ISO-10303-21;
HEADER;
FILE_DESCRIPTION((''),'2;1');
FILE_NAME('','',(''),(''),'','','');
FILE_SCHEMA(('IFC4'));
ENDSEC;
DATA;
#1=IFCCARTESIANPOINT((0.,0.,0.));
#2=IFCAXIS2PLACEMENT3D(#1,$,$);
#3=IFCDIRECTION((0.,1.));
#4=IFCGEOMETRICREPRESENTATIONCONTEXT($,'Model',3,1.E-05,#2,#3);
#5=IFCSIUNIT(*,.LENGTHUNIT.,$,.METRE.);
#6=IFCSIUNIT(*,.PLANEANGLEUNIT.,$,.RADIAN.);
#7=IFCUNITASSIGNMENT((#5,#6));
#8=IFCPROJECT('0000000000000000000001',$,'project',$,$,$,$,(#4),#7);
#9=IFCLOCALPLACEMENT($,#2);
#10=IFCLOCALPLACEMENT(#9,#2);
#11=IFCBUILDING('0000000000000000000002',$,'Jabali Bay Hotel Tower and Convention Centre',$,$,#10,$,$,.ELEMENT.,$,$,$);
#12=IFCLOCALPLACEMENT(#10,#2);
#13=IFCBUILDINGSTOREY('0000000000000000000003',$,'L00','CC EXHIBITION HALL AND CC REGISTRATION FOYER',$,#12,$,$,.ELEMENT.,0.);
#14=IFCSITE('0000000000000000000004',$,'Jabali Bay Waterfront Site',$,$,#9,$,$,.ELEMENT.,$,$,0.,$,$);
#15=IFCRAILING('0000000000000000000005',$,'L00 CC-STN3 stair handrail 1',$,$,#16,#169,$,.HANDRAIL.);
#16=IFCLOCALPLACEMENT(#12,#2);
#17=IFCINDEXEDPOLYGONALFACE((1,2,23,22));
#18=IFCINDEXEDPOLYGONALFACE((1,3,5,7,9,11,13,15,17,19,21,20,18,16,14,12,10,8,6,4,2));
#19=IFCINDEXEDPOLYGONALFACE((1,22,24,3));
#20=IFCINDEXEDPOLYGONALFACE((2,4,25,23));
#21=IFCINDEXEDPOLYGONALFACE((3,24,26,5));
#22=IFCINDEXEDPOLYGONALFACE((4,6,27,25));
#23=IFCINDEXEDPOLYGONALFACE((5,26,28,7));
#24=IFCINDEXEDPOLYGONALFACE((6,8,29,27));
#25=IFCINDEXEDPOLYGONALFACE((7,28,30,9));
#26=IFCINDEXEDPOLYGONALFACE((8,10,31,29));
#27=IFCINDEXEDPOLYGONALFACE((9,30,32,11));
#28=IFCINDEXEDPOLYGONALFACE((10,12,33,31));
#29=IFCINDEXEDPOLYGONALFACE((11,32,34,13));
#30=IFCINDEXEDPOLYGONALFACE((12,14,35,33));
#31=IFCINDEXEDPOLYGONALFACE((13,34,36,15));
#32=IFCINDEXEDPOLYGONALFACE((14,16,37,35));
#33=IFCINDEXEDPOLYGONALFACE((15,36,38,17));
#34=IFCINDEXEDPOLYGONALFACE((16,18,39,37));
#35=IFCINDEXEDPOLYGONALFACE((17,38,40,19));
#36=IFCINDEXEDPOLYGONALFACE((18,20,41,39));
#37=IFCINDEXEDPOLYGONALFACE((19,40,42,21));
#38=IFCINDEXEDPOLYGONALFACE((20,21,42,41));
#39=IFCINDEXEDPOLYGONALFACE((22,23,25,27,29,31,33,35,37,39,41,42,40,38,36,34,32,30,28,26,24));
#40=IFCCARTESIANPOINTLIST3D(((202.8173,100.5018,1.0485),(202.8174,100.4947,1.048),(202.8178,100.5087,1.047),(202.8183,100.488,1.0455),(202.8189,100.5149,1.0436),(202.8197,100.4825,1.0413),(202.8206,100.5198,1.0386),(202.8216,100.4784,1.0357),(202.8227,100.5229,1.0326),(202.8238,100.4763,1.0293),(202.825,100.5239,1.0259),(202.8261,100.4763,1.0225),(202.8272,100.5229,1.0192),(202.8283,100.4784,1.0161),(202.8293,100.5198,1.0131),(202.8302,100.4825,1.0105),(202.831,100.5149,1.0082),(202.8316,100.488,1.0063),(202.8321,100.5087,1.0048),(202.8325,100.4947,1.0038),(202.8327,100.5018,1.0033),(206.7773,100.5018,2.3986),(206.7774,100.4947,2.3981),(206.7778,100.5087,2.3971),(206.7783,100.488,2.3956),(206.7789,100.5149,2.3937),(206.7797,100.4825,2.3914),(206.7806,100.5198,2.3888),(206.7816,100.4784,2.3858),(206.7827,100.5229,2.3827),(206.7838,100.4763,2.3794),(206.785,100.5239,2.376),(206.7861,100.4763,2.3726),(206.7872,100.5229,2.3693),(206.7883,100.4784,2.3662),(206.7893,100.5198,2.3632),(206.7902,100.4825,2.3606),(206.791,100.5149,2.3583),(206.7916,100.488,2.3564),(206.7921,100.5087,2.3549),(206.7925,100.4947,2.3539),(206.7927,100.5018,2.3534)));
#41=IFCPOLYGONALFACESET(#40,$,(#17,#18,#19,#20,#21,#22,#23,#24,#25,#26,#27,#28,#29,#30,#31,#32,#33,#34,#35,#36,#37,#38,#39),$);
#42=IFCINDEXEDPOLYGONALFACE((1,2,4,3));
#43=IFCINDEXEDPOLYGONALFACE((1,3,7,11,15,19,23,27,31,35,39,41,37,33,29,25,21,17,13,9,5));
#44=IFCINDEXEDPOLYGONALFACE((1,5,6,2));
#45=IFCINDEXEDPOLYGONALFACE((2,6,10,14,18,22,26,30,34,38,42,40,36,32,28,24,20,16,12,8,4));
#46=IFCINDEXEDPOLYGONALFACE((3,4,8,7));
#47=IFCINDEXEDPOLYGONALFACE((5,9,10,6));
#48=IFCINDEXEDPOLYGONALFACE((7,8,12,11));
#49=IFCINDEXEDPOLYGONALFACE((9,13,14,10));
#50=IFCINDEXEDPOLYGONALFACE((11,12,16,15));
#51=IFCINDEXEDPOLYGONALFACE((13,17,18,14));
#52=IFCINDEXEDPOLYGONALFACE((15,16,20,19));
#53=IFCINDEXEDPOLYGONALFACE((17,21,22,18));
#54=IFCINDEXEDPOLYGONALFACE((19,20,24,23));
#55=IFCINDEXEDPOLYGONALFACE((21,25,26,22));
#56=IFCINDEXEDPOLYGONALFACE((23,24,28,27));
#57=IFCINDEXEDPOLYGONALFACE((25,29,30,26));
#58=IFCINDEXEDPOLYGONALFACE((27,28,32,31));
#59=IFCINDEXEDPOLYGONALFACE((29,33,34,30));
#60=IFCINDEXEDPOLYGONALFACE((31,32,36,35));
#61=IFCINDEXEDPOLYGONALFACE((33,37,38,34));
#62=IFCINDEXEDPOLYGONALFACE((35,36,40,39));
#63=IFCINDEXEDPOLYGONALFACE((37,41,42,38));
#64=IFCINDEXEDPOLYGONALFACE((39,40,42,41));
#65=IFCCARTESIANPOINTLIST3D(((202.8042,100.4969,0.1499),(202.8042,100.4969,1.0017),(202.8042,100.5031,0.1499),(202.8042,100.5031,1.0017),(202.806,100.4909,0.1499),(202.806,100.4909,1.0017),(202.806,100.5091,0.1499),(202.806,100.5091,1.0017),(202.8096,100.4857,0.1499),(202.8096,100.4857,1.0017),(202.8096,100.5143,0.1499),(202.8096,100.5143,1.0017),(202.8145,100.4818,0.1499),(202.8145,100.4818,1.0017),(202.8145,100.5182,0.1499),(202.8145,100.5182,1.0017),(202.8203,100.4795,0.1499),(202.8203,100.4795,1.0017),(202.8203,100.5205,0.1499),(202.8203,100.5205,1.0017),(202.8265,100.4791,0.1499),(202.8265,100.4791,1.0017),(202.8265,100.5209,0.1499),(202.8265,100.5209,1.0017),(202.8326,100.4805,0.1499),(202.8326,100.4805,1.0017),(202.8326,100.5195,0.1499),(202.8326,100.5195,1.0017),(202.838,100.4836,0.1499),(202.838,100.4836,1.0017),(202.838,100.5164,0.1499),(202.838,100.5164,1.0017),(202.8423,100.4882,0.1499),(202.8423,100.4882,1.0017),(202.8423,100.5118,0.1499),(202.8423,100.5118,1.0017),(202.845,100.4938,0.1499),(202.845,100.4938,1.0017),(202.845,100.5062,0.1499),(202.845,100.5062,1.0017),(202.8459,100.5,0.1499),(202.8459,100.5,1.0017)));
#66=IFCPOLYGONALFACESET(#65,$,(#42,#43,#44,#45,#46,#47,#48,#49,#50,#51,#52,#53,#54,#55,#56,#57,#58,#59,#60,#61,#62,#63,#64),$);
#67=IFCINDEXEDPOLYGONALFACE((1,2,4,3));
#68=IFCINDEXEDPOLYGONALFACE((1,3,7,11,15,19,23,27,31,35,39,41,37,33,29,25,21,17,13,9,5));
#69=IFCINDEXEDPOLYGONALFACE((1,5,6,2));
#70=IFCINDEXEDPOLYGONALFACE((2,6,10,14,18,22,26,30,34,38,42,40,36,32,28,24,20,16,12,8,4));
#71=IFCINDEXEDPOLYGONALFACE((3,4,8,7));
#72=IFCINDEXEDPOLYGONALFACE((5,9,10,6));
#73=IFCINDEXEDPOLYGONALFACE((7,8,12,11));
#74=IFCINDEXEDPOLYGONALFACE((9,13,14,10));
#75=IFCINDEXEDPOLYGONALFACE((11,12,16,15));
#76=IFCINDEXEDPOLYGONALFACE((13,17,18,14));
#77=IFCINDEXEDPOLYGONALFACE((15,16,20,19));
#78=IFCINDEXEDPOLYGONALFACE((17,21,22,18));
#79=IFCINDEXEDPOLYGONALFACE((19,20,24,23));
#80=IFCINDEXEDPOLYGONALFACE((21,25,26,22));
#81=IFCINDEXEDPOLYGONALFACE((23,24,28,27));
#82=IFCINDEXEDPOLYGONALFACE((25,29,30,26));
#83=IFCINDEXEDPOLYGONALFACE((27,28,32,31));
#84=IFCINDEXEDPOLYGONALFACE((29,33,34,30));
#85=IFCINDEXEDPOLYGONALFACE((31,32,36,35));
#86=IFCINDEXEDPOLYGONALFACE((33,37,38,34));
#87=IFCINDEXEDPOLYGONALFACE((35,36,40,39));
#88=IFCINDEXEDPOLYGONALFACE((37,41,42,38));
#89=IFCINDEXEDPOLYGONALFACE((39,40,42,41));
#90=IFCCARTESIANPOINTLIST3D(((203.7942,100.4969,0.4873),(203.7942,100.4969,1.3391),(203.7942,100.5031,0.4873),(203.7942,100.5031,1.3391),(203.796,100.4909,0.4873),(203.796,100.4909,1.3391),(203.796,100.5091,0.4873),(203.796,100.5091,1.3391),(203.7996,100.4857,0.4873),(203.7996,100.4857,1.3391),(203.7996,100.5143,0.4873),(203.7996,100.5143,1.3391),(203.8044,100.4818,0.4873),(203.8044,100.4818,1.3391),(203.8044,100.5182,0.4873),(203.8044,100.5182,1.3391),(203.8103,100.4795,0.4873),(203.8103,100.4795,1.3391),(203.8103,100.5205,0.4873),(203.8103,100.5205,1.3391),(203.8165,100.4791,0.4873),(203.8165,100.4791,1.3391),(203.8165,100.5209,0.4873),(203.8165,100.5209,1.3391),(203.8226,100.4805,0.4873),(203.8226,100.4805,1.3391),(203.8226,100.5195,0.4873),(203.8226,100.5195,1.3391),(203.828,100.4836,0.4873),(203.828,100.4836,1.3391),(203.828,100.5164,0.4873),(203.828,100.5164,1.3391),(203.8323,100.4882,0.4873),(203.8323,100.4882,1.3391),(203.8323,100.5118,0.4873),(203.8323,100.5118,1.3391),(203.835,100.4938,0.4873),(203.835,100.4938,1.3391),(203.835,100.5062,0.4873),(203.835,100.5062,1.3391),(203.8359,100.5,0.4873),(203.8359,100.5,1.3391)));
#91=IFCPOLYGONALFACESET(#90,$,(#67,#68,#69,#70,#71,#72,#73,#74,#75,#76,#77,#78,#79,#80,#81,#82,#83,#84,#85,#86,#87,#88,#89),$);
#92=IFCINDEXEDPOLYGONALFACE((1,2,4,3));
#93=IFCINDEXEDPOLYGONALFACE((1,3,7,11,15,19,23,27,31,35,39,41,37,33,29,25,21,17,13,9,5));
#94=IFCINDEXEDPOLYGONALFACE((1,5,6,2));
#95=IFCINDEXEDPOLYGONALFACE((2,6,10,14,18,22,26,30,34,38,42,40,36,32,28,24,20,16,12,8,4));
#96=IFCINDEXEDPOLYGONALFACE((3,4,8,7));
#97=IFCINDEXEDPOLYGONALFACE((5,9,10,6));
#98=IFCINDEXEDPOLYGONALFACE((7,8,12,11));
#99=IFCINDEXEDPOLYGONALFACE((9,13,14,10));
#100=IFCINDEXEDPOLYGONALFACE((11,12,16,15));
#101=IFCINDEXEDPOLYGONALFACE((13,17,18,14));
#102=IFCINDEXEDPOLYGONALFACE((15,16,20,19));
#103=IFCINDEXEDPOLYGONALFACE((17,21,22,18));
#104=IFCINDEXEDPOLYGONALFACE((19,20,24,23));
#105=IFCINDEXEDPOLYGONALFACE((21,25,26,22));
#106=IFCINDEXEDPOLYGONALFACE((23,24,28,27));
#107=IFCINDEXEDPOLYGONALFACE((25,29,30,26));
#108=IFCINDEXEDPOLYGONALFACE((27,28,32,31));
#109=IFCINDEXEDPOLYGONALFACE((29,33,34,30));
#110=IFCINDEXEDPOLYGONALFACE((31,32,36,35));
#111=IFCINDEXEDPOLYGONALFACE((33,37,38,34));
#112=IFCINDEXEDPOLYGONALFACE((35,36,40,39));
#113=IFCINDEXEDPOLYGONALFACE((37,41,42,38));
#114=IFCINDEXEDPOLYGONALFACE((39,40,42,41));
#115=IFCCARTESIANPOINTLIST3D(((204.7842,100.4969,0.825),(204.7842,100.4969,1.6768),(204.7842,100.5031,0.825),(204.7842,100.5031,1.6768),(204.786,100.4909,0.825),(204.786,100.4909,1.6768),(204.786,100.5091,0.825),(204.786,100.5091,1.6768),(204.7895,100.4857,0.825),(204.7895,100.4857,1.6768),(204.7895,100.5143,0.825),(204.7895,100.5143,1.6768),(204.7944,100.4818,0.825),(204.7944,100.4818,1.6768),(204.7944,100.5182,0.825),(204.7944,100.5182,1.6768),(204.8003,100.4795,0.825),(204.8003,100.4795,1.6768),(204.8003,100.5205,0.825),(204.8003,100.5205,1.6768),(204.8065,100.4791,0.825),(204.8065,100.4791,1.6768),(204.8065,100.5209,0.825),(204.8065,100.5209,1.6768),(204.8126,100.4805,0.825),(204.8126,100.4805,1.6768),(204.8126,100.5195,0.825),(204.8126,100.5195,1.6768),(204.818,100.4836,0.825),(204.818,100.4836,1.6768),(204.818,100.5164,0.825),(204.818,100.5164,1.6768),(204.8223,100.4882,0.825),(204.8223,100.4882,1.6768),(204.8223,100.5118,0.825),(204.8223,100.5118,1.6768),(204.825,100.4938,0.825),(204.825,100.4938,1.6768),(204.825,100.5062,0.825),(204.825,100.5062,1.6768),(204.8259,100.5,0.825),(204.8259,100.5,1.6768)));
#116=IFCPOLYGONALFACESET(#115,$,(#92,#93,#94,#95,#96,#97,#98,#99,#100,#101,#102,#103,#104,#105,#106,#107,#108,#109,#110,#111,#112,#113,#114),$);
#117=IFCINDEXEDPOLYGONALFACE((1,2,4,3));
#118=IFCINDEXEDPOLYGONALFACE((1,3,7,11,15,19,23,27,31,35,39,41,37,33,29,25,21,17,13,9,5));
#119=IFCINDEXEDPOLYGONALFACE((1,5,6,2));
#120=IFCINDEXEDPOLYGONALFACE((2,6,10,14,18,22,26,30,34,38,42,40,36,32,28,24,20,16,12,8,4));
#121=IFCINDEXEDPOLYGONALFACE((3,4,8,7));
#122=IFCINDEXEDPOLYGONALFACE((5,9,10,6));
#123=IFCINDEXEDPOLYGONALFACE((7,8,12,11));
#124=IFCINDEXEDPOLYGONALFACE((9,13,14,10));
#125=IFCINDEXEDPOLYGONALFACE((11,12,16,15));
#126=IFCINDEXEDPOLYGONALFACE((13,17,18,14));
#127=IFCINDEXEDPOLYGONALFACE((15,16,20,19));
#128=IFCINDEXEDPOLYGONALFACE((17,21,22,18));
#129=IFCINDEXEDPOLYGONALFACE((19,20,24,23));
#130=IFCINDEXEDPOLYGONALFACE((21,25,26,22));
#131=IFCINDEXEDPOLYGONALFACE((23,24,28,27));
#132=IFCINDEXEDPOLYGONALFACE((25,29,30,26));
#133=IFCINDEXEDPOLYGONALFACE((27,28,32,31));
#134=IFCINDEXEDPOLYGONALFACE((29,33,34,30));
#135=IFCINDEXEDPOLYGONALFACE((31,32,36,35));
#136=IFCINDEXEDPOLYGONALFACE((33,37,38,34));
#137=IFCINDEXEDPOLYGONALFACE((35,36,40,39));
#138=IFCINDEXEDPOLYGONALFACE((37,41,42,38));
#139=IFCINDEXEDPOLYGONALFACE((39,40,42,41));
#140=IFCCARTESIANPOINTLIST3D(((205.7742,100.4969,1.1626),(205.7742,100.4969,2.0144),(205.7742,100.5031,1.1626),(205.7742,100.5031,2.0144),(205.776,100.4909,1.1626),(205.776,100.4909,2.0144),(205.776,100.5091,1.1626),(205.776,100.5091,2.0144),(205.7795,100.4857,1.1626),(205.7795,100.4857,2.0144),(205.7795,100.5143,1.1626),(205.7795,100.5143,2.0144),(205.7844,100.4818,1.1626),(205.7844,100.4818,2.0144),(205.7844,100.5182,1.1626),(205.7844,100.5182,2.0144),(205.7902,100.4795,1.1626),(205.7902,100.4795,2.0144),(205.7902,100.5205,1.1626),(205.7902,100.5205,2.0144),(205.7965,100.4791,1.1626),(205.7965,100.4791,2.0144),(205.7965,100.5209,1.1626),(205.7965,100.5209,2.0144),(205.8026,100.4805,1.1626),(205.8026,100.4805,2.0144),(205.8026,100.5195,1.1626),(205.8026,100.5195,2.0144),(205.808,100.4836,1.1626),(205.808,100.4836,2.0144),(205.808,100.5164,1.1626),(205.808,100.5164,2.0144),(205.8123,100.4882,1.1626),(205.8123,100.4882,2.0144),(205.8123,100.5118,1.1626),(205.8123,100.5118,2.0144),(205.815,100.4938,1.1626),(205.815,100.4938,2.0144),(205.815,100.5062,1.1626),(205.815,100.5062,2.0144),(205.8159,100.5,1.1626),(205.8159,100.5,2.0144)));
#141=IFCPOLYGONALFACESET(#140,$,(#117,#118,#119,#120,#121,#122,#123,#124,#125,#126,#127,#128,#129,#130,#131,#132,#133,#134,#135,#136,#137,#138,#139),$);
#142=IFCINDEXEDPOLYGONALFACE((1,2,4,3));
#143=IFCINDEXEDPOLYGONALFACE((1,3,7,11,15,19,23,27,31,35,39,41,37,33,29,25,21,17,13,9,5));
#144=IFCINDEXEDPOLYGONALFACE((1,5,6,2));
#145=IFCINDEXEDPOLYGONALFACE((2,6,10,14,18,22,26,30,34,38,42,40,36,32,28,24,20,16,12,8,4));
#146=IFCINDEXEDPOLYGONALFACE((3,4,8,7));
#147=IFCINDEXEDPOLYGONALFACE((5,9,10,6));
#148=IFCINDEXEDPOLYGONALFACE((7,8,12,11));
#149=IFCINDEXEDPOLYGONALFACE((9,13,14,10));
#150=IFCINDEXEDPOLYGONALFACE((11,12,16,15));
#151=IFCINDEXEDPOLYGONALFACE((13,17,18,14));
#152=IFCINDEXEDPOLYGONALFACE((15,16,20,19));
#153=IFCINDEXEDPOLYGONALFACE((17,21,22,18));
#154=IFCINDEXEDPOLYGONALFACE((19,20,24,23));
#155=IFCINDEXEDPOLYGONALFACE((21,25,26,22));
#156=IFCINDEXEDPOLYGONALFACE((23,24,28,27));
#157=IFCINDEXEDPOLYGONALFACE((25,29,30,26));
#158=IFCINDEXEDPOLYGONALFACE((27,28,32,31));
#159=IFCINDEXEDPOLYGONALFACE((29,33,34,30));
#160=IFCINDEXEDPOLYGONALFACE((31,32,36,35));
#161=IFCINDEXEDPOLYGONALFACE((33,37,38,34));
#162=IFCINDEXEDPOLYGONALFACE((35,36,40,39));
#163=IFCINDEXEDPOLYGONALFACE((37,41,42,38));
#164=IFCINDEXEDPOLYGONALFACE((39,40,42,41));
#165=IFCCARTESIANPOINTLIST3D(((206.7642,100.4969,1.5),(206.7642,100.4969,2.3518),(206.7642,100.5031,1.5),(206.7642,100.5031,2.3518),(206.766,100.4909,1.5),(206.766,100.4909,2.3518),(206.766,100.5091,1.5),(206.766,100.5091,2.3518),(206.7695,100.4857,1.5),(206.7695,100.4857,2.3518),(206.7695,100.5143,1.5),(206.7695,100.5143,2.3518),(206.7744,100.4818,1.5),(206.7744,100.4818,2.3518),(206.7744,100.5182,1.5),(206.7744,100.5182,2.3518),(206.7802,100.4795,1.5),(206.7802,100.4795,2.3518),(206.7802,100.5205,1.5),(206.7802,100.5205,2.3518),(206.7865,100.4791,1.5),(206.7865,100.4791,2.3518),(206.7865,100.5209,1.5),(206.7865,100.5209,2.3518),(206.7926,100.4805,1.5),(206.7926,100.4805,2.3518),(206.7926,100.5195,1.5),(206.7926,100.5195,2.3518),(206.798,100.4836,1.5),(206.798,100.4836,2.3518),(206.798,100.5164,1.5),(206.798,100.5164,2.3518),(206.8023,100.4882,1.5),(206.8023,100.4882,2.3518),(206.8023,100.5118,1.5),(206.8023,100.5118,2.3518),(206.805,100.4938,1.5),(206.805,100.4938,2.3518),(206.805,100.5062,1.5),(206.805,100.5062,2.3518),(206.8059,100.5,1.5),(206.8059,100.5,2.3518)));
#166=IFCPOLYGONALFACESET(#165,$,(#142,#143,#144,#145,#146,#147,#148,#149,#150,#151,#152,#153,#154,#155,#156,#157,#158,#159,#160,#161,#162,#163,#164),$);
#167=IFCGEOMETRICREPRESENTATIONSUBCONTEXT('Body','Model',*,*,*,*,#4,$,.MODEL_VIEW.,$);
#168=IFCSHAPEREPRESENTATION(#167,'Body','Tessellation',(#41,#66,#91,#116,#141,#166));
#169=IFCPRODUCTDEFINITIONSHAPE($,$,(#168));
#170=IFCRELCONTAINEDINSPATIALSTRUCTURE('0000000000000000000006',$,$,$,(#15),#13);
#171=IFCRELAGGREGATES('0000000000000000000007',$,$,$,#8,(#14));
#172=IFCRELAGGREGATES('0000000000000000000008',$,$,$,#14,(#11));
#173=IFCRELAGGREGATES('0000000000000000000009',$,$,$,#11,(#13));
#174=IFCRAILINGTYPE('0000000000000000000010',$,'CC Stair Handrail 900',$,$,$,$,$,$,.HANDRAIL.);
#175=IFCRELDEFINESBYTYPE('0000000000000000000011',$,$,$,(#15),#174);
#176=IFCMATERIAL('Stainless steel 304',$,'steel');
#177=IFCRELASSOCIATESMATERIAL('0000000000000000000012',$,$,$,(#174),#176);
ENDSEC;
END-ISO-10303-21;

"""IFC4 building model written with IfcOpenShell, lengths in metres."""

from ifc_helpers import new_model, si_unit, direction, frame, origin, origin_2d, place, context, subcontext, project, spatial, circle, extrude, material, type_object, element, save


model = new_model("IFC4")

# Units and contexts
model_context = context("Model", 3, precision=1e-05, world=origin(), true_north=direction((0.0, 1.0)))
body_context = subcontext(model_context, "Body", "Model", "MODEL_VIEW")
ifc_project = project(units=[si_unit("LENGTHUNIT", "METRE"), si_unit("PLANEANGLEUNIT", "RADIAN")], contexts=[model_context])

# Site, building, storey
site_placement = place(None, origin())
site = spatial("IfcSite", under=ifc_project, at=site_placement, Name="Jabali Bay Waterfront Site", CompositionType="ELEMENT", RefElevation=0.0)
building_placement = place(site_placement, origin())
building = spatial("IfcBuilding", under=site, at=building_placement, Name="Jabali Bay Hotel Tower and Convention Centre", CompositionType="ELEMENT")
storey_placement = place(building_placement, origin())
storey = spatial("IfcBuildingStorey", under=building, at=storey_placement, Name="L00", Description="CC EXHIBITION HALL AND CC REGISTRATION FOYER", CompositionType="ELEMENT", Elevation=0.0)

# Railing
ifc_material_1 = material(Name="Stainless steel 304", Category="steel")
railing_type_1 = type_object("IfcRailingType", Name="CC Stair Handrail 900", PredefinedType="HANDRAIL", material=ifc_material_1)
railing_1_placement = place(storey_placement, frame((202.825, 100.5, 0.1499)))
element("IfcRailing", 1, at=railing_1_placement, inside=storey, type_object=railing_type_1, Name="L00 CC-STN3 stair handrail 1", PredefinedType="HANDRAIL", context=body_context, shape_type="SweptSolid", body=[
    extrude(circle(Radius=0.0239, at=origin_2d()), frame((0.0, 0.0, 0.876), z_axis=(0.946502, 0.0, 0.322698), x_axis=(0.0, 1.0, 0.0)), (0.0, 0.0, 1.0), 4.1838),
    extrude(circle(Radius=0.021, at=origin_2d()), origin(), (0.0, 0.0, 1.0), 0.8518),
    extrude(circle(Radius=0.021, at=origin_2d()), frame((0.99, 0.0, 0.3374)), (0.0, 0.0, 1.0), 0.8518),
    extrude(circle(Radius=0.021, at=origin_2d()), frame((1.98, 0.0, 0.675)), (0.0, 0.0, 1.0), 0.8518),
    extrude(circle(Radius=0.021, at=origin_2d()), frame((2.97, 0.0, 1.0127)), (0.0, 0.0, 1.0), 0.8518),
    extrude(circle(Radius=0.021, at=origin_2d()), frame((3.96, 0.0, 1.3501)), (0.0, 0.0, 1.0), 0.8518),
])

save(model, "model.ifc")
